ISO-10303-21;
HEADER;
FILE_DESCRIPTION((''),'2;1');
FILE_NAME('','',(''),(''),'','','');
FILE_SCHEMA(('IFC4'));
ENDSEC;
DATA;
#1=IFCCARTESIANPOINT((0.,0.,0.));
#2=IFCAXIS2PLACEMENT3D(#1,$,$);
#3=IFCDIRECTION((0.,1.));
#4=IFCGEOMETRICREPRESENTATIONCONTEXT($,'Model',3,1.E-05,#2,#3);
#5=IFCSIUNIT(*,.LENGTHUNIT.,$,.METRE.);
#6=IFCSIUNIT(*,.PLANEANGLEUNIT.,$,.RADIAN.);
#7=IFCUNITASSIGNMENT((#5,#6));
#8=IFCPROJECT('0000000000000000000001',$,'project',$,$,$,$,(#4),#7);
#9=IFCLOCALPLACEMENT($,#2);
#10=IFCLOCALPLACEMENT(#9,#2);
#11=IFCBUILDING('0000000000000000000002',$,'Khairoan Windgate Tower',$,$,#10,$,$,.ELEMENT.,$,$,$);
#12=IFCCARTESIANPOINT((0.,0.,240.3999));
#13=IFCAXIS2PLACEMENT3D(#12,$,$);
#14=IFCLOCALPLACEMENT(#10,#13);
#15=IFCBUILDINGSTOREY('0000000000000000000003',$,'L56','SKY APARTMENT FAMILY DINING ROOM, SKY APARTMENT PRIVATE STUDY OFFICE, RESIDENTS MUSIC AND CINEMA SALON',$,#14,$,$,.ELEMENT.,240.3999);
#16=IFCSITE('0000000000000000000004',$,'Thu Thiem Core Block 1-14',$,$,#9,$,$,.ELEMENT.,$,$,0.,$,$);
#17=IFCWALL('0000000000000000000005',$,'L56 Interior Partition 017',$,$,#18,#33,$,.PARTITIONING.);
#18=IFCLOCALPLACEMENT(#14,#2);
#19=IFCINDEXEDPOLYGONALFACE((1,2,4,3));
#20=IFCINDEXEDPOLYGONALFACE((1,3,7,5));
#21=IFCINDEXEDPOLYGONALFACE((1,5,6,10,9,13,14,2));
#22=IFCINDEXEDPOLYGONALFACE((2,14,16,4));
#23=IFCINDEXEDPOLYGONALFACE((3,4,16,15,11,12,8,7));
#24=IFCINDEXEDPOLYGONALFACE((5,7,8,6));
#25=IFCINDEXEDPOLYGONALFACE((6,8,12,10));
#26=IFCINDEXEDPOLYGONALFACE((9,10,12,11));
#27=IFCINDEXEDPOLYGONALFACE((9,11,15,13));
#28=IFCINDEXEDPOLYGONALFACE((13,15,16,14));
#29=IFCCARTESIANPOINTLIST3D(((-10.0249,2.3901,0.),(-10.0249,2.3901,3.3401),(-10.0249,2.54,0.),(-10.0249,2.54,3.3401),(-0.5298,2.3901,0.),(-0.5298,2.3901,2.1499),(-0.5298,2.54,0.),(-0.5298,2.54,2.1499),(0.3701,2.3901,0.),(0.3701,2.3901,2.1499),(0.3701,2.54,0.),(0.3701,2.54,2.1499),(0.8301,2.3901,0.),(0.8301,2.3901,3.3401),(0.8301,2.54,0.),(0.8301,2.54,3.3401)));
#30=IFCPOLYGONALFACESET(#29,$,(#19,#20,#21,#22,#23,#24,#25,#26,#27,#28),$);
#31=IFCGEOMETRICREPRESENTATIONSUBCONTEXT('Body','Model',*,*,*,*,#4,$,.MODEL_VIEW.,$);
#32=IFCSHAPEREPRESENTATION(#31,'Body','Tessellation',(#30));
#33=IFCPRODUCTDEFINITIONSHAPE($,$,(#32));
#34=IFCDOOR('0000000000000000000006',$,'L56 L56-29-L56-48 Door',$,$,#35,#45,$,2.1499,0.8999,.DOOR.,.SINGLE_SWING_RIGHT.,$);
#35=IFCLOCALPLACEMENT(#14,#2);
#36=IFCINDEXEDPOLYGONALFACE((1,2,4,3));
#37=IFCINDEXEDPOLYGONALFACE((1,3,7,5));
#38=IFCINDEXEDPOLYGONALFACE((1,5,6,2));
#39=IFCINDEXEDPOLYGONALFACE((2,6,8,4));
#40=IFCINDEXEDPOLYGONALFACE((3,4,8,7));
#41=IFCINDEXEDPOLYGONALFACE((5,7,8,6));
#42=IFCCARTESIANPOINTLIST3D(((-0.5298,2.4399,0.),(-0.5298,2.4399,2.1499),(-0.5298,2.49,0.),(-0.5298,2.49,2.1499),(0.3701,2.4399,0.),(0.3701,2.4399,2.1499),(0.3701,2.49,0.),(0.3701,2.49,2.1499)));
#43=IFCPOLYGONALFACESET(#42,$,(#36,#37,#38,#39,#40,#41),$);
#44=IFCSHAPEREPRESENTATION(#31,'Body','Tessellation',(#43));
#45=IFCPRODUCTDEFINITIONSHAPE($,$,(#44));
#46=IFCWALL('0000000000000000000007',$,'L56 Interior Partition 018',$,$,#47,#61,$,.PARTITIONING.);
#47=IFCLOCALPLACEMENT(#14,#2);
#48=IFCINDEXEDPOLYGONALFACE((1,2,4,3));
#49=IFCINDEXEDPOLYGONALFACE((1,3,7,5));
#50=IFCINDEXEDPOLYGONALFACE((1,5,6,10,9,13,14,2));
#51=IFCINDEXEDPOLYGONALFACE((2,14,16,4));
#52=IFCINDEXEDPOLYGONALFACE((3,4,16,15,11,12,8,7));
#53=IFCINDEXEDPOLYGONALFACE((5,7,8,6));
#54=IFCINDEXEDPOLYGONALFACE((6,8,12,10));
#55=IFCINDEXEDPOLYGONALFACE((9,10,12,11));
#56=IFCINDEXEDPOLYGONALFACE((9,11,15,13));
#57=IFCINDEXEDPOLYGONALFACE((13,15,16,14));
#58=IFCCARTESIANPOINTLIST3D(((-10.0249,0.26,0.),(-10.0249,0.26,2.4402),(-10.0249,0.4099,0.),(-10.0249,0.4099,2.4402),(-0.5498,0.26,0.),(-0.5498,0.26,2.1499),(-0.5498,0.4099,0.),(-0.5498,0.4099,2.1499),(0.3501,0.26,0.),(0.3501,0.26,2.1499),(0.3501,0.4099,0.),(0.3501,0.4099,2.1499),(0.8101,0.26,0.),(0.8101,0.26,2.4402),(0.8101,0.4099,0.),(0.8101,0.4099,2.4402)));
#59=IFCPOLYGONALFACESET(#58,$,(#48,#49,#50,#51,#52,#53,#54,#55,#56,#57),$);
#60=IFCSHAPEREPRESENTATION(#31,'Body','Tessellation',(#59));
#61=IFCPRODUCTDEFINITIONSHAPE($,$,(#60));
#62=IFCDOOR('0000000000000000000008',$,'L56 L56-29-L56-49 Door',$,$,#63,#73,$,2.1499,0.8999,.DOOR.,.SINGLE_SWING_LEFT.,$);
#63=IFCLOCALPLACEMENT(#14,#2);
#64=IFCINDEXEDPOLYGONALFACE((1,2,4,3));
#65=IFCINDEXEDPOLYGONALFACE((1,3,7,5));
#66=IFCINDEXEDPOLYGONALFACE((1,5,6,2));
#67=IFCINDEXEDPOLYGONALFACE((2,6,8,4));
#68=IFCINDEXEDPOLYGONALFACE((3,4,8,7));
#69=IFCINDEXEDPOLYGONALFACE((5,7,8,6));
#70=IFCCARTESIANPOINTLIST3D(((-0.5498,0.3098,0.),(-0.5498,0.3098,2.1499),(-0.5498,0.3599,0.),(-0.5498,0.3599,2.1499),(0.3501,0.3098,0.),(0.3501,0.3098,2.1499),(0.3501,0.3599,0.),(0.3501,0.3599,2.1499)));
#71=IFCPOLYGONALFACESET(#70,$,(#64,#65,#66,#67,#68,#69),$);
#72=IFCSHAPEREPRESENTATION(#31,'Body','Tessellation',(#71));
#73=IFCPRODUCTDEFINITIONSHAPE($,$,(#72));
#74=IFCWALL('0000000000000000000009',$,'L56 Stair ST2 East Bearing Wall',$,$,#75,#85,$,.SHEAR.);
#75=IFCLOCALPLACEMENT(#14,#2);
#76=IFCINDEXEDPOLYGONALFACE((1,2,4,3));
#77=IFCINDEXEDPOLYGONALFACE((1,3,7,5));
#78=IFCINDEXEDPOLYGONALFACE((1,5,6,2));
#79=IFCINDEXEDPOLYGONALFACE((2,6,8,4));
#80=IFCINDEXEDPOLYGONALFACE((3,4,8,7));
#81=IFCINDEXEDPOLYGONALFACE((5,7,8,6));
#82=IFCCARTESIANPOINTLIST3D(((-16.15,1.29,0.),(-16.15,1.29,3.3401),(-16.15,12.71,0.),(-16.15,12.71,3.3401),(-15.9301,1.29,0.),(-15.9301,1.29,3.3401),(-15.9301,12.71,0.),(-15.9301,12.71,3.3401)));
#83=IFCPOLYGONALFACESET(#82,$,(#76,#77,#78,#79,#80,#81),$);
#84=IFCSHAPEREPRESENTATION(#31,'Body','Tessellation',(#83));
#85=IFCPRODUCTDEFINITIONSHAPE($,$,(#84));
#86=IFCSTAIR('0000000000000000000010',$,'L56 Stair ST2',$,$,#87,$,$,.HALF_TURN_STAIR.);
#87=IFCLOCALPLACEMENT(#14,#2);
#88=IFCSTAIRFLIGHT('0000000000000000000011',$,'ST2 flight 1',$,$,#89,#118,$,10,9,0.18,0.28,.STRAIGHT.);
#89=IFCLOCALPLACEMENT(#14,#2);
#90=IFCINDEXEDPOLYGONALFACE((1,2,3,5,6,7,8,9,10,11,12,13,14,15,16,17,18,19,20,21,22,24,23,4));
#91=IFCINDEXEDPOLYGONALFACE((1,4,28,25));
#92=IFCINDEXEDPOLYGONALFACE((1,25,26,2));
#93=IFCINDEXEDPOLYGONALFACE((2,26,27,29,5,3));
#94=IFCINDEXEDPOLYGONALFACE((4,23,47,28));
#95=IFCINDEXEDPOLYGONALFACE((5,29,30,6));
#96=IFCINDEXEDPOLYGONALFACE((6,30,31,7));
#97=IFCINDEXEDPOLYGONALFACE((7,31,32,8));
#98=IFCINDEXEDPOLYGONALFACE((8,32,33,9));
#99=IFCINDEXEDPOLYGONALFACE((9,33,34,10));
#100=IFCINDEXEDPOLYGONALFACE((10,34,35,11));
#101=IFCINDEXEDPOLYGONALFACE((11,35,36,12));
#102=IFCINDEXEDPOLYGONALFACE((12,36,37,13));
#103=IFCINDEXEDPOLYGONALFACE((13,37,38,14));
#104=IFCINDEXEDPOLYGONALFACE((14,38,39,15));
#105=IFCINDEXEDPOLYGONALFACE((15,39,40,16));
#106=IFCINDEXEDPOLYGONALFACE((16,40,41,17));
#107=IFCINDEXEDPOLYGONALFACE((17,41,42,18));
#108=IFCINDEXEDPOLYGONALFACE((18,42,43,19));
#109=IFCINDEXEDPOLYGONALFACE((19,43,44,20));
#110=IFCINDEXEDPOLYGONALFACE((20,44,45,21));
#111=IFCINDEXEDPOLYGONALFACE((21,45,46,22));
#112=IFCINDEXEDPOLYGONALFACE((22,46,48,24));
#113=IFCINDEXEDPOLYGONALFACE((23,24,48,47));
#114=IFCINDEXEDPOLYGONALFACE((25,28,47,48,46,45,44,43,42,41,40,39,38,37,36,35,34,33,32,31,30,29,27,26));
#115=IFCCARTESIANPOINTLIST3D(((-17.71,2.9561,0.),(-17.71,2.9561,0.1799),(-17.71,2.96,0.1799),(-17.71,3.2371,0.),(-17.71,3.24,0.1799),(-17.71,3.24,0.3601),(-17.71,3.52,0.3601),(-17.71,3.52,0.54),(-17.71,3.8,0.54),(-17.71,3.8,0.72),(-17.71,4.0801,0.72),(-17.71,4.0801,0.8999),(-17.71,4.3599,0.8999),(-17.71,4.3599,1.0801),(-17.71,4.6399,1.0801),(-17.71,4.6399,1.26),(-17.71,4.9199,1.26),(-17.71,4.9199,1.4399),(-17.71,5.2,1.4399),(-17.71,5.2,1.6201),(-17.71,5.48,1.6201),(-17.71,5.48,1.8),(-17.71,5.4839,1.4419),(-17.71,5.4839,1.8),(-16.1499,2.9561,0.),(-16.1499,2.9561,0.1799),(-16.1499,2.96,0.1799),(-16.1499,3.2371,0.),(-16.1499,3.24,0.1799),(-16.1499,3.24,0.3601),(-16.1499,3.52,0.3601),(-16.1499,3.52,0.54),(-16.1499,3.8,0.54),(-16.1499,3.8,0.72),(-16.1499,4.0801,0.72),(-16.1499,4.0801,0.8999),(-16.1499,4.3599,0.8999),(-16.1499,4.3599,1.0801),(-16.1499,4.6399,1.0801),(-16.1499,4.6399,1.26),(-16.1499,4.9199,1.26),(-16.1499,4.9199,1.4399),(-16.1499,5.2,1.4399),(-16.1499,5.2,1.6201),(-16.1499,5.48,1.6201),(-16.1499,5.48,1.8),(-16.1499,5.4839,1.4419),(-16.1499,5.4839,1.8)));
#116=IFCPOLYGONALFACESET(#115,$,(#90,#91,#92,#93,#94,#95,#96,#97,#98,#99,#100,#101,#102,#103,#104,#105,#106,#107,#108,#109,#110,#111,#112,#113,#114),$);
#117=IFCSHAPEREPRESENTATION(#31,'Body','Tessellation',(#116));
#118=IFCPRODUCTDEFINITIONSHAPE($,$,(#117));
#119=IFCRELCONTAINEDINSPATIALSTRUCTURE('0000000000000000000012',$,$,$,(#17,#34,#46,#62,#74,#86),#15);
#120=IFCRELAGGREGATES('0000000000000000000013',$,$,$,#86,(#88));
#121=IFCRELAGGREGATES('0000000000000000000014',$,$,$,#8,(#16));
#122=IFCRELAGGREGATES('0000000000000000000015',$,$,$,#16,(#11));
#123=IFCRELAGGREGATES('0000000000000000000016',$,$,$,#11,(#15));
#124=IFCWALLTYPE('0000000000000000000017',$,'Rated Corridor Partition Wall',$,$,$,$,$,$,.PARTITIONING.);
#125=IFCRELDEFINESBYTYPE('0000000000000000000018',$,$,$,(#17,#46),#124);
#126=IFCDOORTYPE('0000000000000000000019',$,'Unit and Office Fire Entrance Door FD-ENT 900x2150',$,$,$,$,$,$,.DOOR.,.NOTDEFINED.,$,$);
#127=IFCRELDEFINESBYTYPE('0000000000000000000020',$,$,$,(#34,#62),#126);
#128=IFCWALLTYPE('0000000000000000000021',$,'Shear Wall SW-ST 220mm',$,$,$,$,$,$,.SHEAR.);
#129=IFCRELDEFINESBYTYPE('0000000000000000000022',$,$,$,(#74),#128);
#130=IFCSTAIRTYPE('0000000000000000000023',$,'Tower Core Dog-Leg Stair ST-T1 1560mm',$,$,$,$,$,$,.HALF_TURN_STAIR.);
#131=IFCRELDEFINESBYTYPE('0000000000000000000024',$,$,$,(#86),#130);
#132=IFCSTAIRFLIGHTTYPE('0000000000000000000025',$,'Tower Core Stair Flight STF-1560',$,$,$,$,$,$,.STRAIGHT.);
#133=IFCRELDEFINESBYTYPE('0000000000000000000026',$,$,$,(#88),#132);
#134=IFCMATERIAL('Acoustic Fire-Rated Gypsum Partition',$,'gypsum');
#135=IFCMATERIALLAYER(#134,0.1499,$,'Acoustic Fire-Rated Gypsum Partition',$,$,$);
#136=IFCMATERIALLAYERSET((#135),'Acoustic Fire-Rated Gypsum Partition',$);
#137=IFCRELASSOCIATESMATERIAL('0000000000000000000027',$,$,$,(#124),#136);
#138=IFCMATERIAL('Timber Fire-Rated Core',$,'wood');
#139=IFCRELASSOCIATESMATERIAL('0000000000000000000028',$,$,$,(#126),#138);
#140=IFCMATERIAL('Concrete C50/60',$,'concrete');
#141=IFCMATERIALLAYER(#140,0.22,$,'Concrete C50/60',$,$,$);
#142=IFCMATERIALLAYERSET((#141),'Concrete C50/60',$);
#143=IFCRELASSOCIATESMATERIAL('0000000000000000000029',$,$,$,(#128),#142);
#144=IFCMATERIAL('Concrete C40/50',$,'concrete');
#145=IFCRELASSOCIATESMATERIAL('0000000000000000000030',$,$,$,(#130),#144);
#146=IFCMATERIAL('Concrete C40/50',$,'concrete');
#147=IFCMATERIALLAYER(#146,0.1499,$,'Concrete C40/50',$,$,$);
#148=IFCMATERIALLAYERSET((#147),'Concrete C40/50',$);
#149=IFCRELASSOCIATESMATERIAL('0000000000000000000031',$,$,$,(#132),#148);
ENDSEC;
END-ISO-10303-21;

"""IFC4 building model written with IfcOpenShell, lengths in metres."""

from ifc_helpers import new_model, si_unit, direction, frame, frame_2d, origin, place, context, subcontext, project, spatial, polyline, rectangle, outline, extrude, material, layer, layer_set, type_object, element, fill, aggregate, save


model = new_model("IFC4")

# Units and contexts
model_context = context("Model", 3, precision=1e-05, world=origin(), true_north=direction((0.0, 1.0)))
body_context = subcontext(model_context, "Body", "Model", "MODEL_VIEW")
ifc_project = project(units=[si_unit("LENGTHUNIT", "METRE"), si_unit("PLANEANGLEUNIT", "RADIAN")], contexts=[model_context])

# Site, building, storey
site_placement = place(None, origin())
site = spatial("IfcSite", under=ifc_project, at=site_placement, Name="Thu Thiem Core Block 1-14", CompositionType="ELEMENT", RefElevation=0.0)
building_placement = place(site_placement, origin())
building = spatial("IfcBuilding", under=site, at=building_placement, Name="Khairoan Windgate Tower", CompositionType="ELEMENT")
storey_placement = place(building_placement, frame((0.0, 0.0, 240.3999)))
storey = spatial("IfcBuildingStorey", under=building, at=storey_placement, Name="L56", Description="SKY APARTMENT FAMILY DINING ROOM, SKY APARTMENT PRIVATE STUDY OFFICE, RESIDENTS MUSIC AND CINEMA SALON", CompositionType="ELEMENT", Elevation=240.3999)

# Walls, openings, doors
ifc_material_1 = material(Name="Acoustic Fire-Rated Gypsum Partition", Category="gypsum")
ifc_layer_1 = layer(ifc_material_1, 0.1499, Name="Acoustic Fire-Rated Gypsum Partition")
ifc_layer_set_1 = layer_set([ifc_layer_1], Name="Acoustic Fire-Rated Gypsum Partition")
wall_type_1 = type_object("IfcWallType", Name="Rated Corridor Partition Wall", PredefinedType="PARTITIONING", material=ifc_layer_set_1)
ifc_material_2 = material(Name="Timber Fire-Rated Core", Category="wood")
door_type = type_object("IfcDoorType", Name="Unit and Office Fire Entrance Door FD-ENT 900x2150", OperationType="NOTDEFINED", PredefinedType="DOOR", material=ifc_material_2)
wall_1_placement = place(storey_placement, frame((-10.0249, 2.4651, 0.0), z_axis=(0.0, 0.0, 1.0), x_axis=(1.0, 0.0, 0.0)))
wall_1 = element("IfcWall", 1, at=wall_1_placement, inside=storey, type_object=wall_type_1, Name="L56 Interior Partition 017", PredefinedType="PARTITIONING", context=body_context, shape_type="SweptSolid", body=[
    extrude(rectangle(XDim=10.855, YDim=0.1499, at=frame_2d((5.4275, 0.0))), origin(), (0.0, 0.0, 1.0), 3.3401),
])
opening_1_placement = place(wall_1_placement, frame((9.4951, 0.0, 0.0)))
opening_1 = element("IfcOpeningElement", 2, at=opening_1_placement, cuts=wall_1, PredefinedType="OPENING", context=body_context, shape_type="SweptSolid", body=[
    extrude(rectangle(XDim=0.8999, YDim=2.1499, at=frame_2d((0.45, 1.075))), frame((0.0, 0.085, 0.0), z_axis=(0.0, -1.0, 0.0), x_axis=(1.0, 0.0, 0.0)), (0.0, 0.0, 1.0), 0.1699),
])
door_1_placement = place(opening_1_placement, origin())
door_1 = element("IfcDoor", 3, at=door_1_placement, inside=storey, type_object=door_type, Name="L56 L56-29-L56-48 Door", OperationType="SINGLE_SWING_RIGHT", OverallHeight=2.1499, OverallWidth=0.8999, PredefinedType="DOOR", context=body_context, shape_type="SweptSolid", body=[
    extrude(rectangle(XDim=0.8999, YDim=2.1499, at=frame_2d((0.45, 1.075))), frame((0.0, 0.0249, 0.0), z_axis=(0.0, -1.0, 0.0), x_axis=(1.0, 0.0, 0.0)), (0.0, 0.0, 1.0), 0.05),
])
fill(opening_1, door_1)
wall_2_placement = place(storey_placement, frame((-10.0249, 0.335, 0.0), z_axis=(0.0, 0.0, 1.0), x_axis=(1.0, 0.0, 0.0)))
wall_2 = element("IfcWall", 4, at=wall_2_placement, inside=storey, type_object=wall_type_1, Name="L56 Interior Partition 018", PredefinedType="PARTITIONING", context=body_context, shape_type="SweptSolid", body=[
    extrude(rectangle(XDim=10.835, YDim=0.1499, at=frame_2d((5.4175, 0.0))), origin(), (0.0, 0.0, 1.0), 2.4402),
])
opening_2_placement = place(wall_2_placement, frame((9.4751, 0.0, 0.0)))
opening_2 = element("IfcOpeningElement", 5, at=opening_2_placement, cuts=wall_2, PredefinedType="OPENING", context=body_context, shape_type="SweptSolid", body=[
    extrude(rectangle(XDim=0.8999, YDim=2.1499, at=frame_2d((0.45, 1.075))), frame((0.0, 0.085, 0.0), z_axis=(0.0, -1.0, 0.0), x_axis=(1.0, 0.0, 0.0)), (0.0, 0.0, 1.0), 0.1699),
])
door_2_placement = place(opening_2_placement, origin())
door_2 = element("IfcDoor", 6, at=door_2_placement, inside=storey, type_object=door_type, Name="L56 L56-29-L56-49 Door", OperationType="SINGLE_SWING_LEFT", OverallHeight=2.1499, OverallWidth=0.8999, PredefinedType="DOOR", context=body_context, shape_type="SweptSolid", body=[
    extrude(rectangle(XDim=0.8999, YDim=2.1499, at=frame_2d((0.45, 1.075))), frame((0.0, 0.0249, 0.0), z_axis=(0.0, -1.0, 0.0), x_axis=(1.0, 0.0, 0.0)), (0.0, 0.0, 1.0), 0.05),
])
fill(opening_2, door_2)

# Wall
ifc_material_3 = material(Name="Concrete C50/60", Category="concrete")
ifc_layer_2 = layer(ifc_material_3, 0.22, Name="Concrete C50/60")
ifc_layer_set_2 = layer_set([ifc_layer_2], Name="Concrete C50/60")
wall_type_2 = type_object("IfcWallType", Name="Shear Wall SW-ST 220mm", PredefinedType="SHEAR", material=ifc_layer_set_2)
wall_3_placement = place(storey_placement, frame((-16.04, 1.29, 0.0), z_axis=(0.0, 0.0, 1.0), x_axis=(0.0, 1.0, 0.0)))
element("IfcWall", 7, at=wall_3_placement, inside=storey, type_object=wall_type_2, Name="L56 Stair ST2 East Bearing Wall", PredefinedType="SHEAR", context=body_context, shape_type="SweptSolid", body=[
    extrude(rectangle(XDim=11.4199, YDim=0.22, at=frame_2d((5.71, 0.0))), origin(), (0.0, 0.0, 1.0), 3.3401),
])

# Stair, stair flight
ifc_material_4 = material(Name="Concrete C40/50", Category="concrete")
stair_type = type_object("IfcStairType", Name="Tower Core Dog-Leg Stair ST-T1 1560mm", PredefinedType="HALF_TURN_STAIR", material=ifc_material_4)
stair_placement = place(storey_placement, origin())
stair = element("IfcStair", 8, at=stair_placement, inside=storey, type_object=stair_type, Name="L56 Stair ST2", PredefinedType="HALF_TURN_STAIR")
ifc_material_5 = material(Name="Concrete C40/50", Category="concrete")
ifc_layer_3 = layer(ifc_material_5, 0.1499, Name="Concrete C40/50")
ifc_layer_set_3 = layer_set([ifc_layer_3], Name="Concrete C40/50")
stair_flight_type = type_object("IfcStairFlightType", Name="Tower Core Stair Flight STF-1560", PredefinedType="STRAIGHT", material=ifc_layer_set_3)
stair_flight_placement = place(storey_placement, frame((-16.9299, 2.96, 0.0), z_axis=(0.0, 0.0, 1.0), x_axis=(0.0, 1.0, 0.0)))
stair_flight = element("IfcStairFlight", 9, at=stair_flight_placement, type_object=stair_flight_type, Name="ST2 flight 1", NumberOfRisers=10, NumberOfTreads=9, PredefinedType="STRAIGHT", RiserHeight=0.18, TreadLength=0.28, context=body_context, shape_type="SweptSolid", body=[
    extrude(outline(polyline([(-0.0039, 0.0), (-0.0039, 0.1799), (0.0, 0.1799), (0.28, 0.1799), (0.28, 0.3601), (0.5601, 0.3601), (0.5601, 0.54), (0.8401, 0.54), (0.8401, 0.72), (1.1201, 0.72), (1.1201, 0.8999), (1.3999, 0.8999), (1.3999, 1.0801), (1.6799, 1.0801), (1.6799, 1.26), (1.96, 1.26), (1.96, 1.4399), (2.24, 1.4399), (2.24, 1.6201), (2.52, 1.6201), (2.52, 1.8), (2.5239, 1.8), (2.5239, 1.4419), (0.2771, 0.0), (-0.0039, 0.0)])), frame((0.0, 0.78, 0.0), z_axis=(0.0, -1.0, 0.0), x_axis=(1.0, 0.0, 0.0)), (0.0, 0.0, 1.0), 1.5601),
])
aggregate(stair, [stair_flight])

save(model, "model.ifc")
